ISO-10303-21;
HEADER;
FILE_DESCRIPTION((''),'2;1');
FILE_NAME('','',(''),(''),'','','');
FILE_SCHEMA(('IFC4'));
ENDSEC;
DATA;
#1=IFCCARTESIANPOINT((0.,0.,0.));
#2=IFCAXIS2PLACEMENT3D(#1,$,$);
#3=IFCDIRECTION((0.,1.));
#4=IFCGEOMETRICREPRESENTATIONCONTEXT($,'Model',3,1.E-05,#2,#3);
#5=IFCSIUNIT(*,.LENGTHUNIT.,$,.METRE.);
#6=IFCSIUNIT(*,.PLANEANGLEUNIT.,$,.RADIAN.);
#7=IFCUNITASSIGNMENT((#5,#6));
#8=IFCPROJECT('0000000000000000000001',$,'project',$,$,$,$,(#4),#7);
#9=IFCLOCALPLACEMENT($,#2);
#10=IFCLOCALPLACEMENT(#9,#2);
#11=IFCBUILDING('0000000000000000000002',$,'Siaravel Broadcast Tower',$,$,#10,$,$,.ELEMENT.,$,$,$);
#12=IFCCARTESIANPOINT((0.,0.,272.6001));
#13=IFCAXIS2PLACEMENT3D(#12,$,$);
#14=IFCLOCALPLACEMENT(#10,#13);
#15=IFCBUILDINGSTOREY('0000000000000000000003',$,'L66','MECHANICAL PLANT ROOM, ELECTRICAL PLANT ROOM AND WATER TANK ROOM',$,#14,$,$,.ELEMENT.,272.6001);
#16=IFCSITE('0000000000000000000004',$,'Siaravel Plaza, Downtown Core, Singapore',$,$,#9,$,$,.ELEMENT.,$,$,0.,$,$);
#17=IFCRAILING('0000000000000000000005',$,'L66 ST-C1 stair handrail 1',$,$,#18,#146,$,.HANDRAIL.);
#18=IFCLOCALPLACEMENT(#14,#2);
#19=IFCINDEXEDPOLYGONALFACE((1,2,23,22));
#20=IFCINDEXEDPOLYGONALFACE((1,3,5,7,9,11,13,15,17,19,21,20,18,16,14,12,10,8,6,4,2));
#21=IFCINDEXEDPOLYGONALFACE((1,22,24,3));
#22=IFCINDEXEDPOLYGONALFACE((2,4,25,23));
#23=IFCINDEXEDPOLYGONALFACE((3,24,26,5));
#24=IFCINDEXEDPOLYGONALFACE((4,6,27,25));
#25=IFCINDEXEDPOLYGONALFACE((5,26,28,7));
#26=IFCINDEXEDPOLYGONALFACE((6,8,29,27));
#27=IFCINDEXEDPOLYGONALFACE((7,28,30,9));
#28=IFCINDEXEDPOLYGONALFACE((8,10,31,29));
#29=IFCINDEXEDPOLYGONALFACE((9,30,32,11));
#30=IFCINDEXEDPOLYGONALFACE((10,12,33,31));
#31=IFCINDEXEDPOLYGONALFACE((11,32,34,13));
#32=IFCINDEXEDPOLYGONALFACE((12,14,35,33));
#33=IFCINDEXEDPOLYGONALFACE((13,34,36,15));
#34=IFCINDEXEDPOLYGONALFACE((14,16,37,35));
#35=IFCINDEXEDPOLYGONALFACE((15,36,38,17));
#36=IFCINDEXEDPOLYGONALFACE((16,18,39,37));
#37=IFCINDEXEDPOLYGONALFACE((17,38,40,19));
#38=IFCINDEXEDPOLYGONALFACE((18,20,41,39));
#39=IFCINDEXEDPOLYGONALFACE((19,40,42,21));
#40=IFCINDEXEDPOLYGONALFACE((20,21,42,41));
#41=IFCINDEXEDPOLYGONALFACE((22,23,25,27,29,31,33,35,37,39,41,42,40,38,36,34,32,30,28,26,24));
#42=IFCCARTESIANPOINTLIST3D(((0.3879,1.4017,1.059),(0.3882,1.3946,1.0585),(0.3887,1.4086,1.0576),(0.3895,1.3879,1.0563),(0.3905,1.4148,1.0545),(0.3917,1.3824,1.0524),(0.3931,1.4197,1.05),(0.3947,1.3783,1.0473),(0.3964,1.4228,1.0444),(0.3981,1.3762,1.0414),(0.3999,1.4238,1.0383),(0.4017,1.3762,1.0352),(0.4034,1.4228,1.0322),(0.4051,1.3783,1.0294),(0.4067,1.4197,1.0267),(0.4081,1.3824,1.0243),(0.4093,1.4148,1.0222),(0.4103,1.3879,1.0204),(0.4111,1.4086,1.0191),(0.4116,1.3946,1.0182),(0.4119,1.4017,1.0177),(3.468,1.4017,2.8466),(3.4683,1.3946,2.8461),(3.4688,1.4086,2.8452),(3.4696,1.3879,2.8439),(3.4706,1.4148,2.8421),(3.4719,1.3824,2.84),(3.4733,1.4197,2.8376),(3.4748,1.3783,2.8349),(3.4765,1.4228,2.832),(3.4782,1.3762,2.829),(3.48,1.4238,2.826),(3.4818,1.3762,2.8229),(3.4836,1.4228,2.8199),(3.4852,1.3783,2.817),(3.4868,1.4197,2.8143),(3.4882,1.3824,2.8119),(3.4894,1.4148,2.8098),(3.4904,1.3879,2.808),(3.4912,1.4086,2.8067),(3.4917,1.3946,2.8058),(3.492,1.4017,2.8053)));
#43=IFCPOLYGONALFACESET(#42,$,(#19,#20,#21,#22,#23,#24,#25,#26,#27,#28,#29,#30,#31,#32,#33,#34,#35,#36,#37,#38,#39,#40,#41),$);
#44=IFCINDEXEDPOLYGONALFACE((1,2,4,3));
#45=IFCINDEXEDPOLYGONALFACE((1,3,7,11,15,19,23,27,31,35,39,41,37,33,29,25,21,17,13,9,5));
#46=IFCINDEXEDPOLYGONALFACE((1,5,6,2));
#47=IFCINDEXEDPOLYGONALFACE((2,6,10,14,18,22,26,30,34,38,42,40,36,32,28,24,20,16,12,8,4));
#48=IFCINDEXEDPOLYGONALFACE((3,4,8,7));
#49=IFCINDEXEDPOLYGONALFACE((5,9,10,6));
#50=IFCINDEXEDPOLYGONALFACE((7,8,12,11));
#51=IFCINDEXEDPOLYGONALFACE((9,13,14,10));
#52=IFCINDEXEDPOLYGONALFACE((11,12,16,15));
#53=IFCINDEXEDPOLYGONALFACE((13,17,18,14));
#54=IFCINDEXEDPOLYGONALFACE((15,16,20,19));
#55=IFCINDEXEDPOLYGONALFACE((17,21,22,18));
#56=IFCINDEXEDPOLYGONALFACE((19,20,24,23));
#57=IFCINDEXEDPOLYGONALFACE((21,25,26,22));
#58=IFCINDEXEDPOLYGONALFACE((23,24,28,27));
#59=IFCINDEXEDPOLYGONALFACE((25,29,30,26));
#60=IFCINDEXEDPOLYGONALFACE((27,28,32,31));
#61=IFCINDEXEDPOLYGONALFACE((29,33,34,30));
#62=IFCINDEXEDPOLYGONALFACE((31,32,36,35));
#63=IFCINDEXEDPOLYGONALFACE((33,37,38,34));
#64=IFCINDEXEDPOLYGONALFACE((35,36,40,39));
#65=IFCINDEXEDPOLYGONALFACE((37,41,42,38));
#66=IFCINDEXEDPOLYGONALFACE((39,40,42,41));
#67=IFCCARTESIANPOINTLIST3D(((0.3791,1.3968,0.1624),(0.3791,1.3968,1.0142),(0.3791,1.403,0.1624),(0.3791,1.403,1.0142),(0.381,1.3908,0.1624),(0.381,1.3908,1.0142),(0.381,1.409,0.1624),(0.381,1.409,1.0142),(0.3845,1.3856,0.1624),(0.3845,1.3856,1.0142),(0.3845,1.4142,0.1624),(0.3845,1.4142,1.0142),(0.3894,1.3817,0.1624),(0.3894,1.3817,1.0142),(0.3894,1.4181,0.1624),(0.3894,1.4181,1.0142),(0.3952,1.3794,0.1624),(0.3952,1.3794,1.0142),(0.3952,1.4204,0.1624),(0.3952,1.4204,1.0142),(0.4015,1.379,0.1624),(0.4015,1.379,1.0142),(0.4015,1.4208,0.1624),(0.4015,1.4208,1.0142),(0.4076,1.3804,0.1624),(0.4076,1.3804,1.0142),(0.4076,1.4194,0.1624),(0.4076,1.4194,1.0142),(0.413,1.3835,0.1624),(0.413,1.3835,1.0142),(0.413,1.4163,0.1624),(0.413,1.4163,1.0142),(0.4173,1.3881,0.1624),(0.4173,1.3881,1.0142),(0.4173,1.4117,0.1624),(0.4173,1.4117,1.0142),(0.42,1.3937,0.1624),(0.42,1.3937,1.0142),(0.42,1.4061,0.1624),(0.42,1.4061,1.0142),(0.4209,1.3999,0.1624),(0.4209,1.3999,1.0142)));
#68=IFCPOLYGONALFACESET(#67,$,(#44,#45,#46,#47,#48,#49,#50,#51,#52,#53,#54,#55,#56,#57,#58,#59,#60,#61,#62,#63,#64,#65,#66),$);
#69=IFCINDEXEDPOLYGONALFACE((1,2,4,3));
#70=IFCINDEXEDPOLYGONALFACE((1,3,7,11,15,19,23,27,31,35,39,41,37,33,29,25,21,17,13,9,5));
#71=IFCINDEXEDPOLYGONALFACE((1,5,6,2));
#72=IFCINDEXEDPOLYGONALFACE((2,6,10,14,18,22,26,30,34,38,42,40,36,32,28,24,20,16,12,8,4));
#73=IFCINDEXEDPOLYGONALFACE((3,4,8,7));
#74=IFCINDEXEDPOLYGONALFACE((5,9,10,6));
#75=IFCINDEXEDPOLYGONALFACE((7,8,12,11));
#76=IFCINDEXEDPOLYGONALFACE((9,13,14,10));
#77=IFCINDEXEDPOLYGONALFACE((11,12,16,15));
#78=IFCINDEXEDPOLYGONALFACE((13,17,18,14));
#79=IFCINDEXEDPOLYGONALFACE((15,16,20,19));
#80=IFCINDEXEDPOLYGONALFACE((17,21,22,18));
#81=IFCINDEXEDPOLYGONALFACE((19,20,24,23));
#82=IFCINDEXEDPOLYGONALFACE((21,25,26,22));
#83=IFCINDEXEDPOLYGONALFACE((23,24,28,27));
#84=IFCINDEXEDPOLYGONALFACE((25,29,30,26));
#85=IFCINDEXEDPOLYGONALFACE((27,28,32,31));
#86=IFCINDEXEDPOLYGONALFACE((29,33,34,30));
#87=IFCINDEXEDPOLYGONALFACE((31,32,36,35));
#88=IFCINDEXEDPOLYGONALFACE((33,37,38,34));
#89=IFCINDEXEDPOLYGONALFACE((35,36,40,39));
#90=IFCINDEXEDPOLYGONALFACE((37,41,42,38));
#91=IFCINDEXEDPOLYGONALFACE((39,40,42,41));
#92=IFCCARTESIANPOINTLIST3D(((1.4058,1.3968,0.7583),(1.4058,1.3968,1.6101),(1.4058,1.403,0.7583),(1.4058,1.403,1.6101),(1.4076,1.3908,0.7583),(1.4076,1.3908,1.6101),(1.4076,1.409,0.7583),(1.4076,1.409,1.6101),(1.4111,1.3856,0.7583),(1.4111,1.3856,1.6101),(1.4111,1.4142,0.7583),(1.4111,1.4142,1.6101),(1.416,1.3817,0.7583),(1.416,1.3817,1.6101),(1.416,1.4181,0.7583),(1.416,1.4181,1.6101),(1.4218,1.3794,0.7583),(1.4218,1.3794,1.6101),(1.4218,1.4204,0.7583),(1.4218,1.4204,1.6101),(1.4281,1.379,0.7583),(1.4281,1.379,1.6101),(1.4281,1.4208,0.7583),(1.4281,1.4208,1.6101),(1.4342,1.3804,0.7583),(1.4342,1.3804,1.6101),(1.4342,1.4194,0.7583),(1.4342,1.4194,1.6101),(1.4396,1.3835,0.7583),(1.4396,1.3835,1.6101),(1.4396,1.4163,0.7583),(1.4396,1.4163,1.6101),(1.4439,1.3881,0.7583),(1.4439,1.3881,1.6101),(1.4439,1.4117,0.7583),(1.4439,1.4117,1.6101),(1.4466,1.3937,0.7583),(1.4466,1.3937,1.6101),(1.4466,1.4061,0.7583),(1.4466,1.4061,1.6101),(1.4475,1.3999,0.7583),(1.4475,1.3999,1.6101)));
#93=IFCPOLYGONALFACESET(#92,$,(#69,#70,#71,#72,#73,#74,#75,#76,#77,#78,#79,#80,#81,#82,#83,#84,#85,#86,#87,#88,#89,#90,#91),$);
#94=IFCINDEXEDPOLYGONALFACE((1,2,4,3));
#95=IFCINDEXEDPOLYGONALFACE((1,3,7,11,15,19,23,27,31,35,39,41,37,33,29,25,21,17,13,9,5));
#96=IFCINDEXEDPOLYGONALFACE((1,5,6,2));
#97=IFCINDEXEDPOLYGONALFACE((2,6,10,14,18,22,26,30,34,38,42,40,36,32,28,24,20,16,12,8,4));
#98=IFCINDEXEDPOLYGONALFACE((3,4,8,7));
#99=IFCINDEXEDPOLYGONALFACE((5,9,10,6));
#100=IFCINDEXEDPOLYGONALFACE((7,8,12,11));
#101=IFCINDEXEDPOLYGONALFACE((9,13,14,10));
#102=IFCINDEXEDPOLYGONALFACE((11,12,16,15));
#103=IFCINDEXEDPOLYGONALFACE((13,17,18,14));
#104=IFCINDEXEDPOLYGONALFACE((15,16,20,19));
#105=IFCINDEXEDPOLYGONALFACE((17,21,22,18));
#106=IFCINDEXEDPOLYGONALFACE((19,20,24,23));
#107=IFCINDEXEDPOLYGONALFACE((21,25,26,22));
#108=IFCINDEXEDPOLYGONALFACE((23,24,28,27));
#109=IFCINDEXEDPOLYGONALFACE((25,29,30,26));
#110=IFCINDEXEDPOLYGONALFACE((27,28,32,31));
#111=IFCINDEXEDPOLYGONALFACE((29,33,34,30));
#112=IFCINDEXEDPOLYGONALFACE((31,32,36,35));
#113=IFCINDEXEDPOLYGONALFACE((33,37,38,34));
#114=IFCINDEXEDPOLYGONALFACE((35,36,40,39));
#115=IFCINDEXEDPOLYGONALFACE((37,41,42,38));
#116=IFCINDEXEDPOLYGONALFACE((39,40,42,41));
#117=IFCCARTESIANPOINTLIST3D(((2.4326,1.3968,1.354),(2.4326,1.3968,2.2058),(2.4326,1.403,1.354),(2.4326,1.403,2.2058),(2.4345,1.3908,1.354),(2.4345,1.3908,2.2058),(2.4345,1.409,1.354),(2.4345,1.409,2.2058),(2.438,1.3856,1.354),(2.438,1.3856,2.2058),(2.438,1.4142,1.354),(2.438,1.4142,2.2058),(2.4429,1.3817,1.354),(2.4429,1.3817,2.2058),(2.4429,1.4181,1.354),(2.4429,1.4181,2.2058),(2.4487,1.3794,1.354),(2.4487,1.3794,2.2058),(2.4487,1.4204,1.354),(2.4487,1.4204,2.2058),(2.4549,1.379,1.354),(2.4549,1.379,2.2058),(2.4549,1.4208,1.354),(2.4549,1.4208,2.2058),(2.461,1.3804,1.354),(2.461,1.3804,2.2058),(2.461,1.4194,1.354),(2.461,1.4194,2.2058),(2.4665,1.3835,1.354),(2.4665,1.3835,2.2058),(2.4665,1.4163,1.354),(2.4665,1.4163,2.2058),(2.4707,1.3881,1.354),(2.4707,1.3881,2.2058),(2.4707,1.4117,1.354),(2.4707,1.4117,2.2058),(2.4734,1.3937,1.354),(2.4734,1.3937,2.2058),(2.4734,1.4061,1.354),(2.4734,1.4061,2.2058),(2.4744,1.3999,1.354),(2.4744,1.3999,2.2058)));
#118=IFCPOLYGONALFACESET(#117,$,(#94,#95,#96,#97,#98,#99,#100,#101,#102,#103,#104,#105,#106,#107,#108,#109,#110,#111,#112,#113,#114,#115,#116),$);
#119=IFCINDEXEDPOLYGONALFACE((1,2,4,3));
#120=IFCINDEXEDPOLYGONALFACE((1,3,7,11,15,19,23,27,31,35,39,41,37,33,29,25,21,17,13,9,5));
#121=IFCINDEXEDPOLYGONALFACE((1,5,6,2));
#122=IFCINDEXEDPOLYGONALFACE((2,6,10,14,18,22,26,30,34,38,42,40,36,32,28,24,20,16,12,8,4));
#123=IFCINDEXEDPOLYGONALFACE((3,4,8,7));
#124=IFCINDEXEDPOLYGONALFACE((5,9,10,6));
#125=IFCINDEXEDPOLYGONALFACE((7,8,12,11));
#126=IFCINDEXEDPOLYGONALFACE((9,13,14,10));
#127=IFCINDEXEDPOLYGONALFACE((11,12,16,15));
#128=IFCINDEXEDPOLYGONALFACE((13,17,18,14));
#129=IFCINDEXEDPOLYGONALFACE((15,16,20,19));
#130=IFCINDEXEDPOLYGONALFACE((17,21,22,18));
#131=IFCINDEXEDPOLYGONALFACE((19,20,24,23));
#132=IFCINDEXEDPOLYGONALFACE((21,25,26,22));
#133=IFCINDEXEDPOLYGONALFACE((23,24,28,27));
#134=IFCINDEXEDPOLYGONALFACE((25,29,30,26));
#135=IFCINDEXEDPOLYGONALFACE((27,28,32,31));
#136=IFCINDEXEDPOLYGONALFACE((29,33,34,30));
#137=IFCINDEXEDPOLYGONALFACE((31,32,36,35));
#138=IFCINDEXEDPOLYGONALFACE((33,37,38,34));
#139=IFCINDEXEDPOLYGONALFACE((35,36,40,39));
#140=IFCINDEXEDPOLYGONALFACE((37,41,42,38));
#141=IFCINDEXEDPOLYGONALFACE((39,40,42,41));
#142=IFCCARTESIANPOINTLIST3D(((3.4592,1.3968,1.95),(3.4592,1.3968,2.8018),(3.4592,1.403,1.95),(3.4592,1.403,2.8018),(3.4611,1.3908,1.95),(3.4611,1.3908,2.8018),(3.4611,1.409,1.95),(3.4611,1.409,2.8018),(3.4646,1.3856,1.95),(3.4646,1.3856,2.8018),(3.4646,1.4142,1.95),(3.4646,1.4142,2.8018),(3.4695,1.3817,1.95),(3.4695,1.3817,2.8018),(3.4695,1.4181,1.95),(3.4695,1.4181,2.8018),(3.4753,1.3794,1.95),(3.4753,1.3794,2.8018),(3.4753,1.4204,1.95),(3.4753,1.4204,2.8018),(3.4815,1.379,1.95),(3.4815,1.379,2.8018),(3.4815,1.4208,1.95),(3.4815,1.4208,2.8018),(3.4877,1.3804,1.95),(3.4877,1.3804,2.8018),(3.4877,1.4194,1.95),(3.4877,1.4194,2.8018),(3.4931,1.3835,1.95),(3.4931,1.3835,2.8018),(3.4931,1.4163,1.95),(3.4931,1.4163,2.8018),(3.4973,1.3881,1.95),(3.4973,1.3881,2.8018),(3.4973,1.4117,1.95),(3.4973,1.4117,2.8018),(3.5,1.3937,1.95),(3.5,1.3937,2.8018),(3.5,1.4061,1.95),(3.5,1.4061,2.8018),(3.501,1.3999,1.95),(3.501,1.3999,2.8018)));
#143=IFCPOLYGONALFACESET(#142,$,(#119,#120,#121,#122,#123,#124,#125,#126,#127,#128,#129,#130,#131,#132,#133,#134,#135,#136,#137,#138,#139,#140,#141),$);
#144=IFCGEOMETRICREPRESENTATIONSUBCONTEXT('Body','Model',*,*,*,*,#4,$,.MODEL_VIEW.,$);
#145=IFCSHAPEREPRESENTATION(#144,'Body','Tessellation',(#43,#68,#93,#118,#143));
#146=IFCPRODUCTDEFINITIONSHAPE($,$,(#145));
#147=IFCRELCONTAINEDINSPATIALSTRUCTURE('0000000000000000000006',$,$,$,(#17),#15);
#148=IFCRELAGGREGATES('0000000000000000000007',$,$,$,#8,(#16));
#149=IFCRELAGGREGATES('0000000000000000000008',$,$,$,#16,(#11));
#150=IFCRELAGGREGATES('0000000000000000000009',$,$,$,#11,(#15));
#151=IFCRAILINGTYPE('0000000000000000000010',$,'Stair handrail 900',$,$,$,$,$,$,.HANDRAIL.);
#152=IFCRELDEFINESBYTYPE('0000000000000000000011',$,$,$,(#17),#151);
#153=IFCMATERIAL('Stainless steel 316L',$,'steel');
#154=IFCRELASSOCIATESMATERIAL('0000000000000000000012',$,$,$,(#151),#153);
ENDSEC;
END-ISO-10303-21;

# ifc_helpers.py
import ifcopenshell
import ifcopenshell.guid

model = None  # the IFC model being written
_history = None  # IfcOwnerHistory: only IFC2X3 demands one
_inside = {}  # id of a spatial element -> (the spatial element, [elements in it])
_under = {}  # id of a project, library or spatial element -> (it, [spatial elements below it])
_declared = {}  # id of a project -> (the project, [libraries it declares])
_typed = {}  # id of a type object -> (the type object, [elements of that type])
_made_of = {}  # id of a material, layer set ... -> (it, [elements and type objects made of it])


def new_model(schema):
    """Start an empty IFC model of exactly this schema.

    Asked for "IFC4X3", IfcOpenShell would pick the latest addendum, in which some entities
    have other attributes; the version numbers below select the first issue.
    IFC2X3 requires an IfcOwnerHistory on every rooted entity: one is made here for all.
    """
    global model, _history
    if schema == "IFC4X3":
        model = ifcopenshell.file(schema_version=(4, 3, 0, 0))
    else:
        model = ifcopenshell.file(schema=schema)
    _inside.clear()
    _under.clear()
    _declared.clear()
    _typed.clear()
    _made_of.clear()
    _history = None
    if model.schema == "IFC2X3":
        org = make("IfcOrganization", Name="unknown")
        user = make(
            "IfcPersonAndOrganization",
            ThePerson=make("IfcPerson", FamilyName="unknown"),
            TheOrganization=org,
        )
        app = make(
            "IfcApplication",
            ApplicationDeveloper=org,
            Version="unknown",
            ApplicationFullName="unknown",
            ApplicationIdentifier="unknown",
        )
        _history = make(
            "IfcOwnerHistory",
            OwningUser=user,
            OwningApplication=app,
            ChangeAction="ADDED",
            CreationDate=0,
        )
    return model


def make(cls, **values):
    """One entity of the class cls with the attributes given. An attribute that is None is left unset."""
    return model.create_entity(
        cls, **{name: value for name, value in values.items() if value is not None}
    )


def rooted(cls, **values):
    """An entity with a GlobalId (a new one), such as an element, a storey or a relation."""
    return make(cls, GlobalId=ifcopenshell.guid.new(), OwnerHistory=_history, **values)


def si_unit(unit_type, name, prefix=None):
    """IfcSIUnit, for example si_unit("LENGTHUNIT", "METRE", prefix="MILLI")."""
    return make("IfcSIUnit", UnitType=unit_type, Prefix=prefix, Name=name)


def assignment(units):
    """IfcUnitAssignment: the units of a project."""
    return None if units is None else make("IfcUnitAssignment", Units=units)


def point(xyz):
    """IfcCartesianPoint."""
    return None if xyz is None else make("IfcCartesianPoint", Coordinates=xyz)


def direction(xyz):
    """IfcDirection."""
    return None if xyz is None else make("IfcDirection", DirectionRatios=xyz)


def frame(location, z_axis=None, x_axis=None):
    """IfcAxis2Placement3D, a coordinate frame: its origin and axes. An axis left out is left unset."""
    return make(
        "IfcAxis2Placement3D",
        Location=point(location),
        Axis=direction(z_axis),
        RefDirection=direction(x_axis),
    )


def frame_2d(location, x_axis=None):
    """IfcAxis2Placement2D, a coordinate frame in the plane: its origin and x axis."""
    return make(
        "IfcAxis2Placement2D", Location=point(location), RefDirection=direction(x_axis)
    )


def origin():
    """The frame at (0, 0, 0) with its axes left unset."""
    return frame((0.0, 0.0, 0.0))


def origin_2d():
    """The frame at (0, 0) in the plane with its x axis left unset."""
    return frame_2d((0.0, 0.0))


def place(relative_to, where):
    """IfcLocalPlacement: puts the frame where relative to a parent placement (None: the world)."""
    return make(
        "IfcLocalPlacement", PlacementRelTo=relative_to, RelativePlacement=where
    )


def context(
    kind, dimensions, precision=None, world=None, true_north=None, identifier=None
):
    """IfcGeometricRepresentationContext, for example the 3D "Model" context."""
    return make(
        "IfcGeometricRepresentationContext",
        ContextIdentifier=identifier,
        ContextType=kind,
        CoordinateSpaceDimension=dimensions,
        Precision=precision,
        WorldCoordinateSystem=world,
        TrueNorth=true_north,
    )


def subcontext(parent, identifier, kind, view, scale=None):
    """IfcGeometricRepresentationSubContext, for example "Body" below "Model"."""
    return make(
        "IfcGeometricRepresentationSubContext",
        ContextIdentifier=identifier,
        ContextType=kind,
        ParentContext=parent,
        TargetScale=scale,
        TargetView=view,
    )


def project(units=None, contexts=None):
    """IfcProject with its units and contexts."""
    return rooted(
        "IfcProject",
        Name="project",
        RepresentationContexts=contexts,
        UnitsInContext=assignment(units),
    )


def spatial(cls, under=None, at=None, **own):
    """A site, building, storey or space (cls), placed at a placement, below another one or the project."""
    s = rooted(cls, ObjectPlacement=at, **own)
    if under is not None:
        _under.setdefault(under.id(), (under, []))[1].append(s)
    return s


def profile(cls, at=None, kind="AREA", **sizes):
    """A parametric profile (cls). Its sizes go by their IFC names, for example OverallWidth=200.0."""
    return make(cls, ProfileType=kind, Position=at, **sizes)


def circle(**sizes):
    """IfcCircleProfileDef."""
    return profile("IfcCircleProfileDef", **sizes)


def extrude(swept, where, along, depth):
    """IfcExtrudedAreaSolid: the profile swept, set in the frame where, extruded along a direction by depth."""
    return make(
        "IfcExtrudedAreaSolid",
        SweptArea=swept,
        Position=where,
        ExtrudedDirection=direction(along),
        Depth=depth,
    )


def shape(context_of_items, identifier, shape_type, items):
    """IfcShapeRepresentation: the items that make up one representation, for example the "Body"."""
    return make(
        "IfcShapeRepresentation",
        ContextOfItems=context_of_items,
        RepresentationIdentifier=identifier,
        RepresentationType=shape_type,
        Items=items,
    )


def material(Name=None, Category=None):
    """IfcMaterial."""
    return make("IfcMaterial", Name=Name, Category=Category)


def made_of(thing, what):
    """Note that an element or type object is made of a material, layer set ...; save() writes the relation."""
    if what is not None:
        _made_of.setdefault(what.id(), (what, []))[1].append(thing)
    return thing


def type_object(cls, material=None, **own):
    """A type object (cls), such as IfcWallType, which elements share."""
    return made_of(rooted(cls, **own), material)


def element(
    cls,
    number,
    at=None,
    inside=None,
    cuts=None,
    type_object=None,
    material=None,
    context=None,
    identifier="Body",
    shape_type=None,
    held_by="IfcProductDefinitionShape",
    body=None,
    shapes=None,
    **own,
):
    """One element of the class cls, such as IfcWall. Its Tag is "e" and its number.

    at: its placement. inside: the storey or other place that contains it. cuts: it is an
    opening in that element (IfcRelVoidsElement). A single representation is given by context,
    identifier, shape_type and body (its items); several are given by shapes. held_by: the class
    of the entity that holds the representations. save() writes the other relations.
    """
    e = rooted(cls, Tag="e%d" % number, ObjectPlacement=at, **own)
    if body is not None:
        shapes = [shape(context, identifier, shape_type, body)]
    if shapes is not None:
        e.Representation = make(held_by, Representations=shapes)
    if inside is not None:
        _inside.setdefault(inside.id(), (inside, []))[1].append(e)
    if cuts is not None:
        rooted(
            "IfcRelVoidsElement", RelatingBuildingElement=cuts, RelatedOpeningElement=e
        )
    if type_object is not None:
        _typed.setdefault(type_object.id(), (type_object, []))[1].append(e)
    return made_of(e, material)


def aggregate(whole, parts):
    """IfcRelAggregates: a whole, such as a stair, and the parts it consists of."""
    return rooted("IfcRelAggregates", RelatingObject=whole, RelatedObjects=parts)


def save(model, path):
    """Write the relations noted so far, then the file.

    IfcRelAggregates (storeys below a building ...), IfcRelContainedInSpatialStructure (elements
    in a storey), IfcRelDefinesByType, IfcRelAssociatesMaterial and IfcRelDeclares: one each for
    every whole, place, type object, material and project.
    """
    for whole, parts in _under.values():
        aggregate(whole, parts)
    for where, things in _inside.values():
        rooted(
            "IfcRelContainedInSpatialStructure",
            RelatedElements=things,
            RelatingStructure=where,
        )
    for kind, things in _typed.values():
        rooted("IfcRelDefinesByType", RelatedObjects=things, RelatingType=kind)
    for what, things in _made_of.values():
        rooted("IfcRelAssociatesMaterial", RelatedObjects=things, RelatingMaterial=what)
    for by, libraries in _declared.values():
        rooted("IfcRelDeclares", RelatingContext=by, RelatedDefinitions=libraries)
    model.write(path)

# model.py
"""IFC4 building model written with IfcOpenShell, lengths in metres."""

from ifc_helpers import new_model, si_unit, direction, frame, origin, origin_2d, place, context, subcontext, project, spatial, circle, extrude, material, type_object, element, save


model = new_model("IFC4")

# Units and contexts
model_context = context("Model", 3, precision=1e-05, world=origin(), true_north=direction((0.0, 1.0)))
body_context = subcontext(model_context, "Body", "Model", "MODEL_VIEW")
ifc_project = project(units=[si_unit("LENGTHUNIT", "METRE"), si_unit("PLANEANGLEUNIT", "RADIAN")], contexts=[model_context])

# Site, building, storey
site_placement = place(None, origin())
site = spatial("IfcSite", under=ifc_project, at=site_placement, Name="Siaravel Plaza, Downtown Core, Singapore", CompositionType="ELEMENT", RefElevation=0.0)
building_placement = place(site_placement, origin())
building = spatial("IfcBuilding", under=site, at=building_placement, Name="Siaravel Broadcast Tower", CompositionType="ELEMENT")
storey_placement = place(building_placement, frame((0.0, 0.0, 272.6001)))
storey = spatial("IfcBuildingStorey", under=building, at=storey_placement, Name="L66", Description="MECHANICAL PLANT ROOM, ELECTRICAL PLANT ROOM AND WATER TANK ROOM", CompositionType="ELEMENT", Elevation=272.6001)

# Railing
ifc_material_1 = material(Name="Stainless steel 316L", Category="steel")
railing_type_1 = type_object("IfcRailingType", Name="Stair handrail 900", PredefinedType="HANDRAIL", material=ifc_material_1)
railing_1_placement = place(storey_placement, frame((0.3999, 1.3999, 0.1624)))
element("IfcRailing", 1, at=railing_1_placement, inside=storey, type_object=railing_type_1, Name="L66 ST-C1 stair handrail 1", PredefinedType="HANDRAIL", context=body_context, shape_type="SweptSolid", body=[
    extrude(circle(Radius=0.0239, at=origin_2d()), frame((0.0, 0.0, 0.876), z_axis=(0.864891, 0.0, 0.50196), x_axis=(0.0, 1.0, 0.0)), (0.0, 0.0, 1.0), 3.5613),
    extrude(circle(Radius=0.021, at=origin_2d()), origin(), (0.0, 0.0, 1.0), 0.8518),
    extrude(circle(Radius=0.021, at=origin_2d()), frame((1.0266, 0.0, 0.5959)), (0.0, 0.0, 1.0), 0.8518),
    extrude(circle(Radius=0.021, at=origin_2d()), frame((2.0535, 0.0, 1.1917)), (0.0, 0.0, 1.0), 0.8518),
    extrude(circle(Radius=0.021, at=origin_2d()), frame((3.0801, 0.0, 1.7876)), (0.0, 0.0, 1.0), 0.8518),
])

save(model, "model.ifc")
